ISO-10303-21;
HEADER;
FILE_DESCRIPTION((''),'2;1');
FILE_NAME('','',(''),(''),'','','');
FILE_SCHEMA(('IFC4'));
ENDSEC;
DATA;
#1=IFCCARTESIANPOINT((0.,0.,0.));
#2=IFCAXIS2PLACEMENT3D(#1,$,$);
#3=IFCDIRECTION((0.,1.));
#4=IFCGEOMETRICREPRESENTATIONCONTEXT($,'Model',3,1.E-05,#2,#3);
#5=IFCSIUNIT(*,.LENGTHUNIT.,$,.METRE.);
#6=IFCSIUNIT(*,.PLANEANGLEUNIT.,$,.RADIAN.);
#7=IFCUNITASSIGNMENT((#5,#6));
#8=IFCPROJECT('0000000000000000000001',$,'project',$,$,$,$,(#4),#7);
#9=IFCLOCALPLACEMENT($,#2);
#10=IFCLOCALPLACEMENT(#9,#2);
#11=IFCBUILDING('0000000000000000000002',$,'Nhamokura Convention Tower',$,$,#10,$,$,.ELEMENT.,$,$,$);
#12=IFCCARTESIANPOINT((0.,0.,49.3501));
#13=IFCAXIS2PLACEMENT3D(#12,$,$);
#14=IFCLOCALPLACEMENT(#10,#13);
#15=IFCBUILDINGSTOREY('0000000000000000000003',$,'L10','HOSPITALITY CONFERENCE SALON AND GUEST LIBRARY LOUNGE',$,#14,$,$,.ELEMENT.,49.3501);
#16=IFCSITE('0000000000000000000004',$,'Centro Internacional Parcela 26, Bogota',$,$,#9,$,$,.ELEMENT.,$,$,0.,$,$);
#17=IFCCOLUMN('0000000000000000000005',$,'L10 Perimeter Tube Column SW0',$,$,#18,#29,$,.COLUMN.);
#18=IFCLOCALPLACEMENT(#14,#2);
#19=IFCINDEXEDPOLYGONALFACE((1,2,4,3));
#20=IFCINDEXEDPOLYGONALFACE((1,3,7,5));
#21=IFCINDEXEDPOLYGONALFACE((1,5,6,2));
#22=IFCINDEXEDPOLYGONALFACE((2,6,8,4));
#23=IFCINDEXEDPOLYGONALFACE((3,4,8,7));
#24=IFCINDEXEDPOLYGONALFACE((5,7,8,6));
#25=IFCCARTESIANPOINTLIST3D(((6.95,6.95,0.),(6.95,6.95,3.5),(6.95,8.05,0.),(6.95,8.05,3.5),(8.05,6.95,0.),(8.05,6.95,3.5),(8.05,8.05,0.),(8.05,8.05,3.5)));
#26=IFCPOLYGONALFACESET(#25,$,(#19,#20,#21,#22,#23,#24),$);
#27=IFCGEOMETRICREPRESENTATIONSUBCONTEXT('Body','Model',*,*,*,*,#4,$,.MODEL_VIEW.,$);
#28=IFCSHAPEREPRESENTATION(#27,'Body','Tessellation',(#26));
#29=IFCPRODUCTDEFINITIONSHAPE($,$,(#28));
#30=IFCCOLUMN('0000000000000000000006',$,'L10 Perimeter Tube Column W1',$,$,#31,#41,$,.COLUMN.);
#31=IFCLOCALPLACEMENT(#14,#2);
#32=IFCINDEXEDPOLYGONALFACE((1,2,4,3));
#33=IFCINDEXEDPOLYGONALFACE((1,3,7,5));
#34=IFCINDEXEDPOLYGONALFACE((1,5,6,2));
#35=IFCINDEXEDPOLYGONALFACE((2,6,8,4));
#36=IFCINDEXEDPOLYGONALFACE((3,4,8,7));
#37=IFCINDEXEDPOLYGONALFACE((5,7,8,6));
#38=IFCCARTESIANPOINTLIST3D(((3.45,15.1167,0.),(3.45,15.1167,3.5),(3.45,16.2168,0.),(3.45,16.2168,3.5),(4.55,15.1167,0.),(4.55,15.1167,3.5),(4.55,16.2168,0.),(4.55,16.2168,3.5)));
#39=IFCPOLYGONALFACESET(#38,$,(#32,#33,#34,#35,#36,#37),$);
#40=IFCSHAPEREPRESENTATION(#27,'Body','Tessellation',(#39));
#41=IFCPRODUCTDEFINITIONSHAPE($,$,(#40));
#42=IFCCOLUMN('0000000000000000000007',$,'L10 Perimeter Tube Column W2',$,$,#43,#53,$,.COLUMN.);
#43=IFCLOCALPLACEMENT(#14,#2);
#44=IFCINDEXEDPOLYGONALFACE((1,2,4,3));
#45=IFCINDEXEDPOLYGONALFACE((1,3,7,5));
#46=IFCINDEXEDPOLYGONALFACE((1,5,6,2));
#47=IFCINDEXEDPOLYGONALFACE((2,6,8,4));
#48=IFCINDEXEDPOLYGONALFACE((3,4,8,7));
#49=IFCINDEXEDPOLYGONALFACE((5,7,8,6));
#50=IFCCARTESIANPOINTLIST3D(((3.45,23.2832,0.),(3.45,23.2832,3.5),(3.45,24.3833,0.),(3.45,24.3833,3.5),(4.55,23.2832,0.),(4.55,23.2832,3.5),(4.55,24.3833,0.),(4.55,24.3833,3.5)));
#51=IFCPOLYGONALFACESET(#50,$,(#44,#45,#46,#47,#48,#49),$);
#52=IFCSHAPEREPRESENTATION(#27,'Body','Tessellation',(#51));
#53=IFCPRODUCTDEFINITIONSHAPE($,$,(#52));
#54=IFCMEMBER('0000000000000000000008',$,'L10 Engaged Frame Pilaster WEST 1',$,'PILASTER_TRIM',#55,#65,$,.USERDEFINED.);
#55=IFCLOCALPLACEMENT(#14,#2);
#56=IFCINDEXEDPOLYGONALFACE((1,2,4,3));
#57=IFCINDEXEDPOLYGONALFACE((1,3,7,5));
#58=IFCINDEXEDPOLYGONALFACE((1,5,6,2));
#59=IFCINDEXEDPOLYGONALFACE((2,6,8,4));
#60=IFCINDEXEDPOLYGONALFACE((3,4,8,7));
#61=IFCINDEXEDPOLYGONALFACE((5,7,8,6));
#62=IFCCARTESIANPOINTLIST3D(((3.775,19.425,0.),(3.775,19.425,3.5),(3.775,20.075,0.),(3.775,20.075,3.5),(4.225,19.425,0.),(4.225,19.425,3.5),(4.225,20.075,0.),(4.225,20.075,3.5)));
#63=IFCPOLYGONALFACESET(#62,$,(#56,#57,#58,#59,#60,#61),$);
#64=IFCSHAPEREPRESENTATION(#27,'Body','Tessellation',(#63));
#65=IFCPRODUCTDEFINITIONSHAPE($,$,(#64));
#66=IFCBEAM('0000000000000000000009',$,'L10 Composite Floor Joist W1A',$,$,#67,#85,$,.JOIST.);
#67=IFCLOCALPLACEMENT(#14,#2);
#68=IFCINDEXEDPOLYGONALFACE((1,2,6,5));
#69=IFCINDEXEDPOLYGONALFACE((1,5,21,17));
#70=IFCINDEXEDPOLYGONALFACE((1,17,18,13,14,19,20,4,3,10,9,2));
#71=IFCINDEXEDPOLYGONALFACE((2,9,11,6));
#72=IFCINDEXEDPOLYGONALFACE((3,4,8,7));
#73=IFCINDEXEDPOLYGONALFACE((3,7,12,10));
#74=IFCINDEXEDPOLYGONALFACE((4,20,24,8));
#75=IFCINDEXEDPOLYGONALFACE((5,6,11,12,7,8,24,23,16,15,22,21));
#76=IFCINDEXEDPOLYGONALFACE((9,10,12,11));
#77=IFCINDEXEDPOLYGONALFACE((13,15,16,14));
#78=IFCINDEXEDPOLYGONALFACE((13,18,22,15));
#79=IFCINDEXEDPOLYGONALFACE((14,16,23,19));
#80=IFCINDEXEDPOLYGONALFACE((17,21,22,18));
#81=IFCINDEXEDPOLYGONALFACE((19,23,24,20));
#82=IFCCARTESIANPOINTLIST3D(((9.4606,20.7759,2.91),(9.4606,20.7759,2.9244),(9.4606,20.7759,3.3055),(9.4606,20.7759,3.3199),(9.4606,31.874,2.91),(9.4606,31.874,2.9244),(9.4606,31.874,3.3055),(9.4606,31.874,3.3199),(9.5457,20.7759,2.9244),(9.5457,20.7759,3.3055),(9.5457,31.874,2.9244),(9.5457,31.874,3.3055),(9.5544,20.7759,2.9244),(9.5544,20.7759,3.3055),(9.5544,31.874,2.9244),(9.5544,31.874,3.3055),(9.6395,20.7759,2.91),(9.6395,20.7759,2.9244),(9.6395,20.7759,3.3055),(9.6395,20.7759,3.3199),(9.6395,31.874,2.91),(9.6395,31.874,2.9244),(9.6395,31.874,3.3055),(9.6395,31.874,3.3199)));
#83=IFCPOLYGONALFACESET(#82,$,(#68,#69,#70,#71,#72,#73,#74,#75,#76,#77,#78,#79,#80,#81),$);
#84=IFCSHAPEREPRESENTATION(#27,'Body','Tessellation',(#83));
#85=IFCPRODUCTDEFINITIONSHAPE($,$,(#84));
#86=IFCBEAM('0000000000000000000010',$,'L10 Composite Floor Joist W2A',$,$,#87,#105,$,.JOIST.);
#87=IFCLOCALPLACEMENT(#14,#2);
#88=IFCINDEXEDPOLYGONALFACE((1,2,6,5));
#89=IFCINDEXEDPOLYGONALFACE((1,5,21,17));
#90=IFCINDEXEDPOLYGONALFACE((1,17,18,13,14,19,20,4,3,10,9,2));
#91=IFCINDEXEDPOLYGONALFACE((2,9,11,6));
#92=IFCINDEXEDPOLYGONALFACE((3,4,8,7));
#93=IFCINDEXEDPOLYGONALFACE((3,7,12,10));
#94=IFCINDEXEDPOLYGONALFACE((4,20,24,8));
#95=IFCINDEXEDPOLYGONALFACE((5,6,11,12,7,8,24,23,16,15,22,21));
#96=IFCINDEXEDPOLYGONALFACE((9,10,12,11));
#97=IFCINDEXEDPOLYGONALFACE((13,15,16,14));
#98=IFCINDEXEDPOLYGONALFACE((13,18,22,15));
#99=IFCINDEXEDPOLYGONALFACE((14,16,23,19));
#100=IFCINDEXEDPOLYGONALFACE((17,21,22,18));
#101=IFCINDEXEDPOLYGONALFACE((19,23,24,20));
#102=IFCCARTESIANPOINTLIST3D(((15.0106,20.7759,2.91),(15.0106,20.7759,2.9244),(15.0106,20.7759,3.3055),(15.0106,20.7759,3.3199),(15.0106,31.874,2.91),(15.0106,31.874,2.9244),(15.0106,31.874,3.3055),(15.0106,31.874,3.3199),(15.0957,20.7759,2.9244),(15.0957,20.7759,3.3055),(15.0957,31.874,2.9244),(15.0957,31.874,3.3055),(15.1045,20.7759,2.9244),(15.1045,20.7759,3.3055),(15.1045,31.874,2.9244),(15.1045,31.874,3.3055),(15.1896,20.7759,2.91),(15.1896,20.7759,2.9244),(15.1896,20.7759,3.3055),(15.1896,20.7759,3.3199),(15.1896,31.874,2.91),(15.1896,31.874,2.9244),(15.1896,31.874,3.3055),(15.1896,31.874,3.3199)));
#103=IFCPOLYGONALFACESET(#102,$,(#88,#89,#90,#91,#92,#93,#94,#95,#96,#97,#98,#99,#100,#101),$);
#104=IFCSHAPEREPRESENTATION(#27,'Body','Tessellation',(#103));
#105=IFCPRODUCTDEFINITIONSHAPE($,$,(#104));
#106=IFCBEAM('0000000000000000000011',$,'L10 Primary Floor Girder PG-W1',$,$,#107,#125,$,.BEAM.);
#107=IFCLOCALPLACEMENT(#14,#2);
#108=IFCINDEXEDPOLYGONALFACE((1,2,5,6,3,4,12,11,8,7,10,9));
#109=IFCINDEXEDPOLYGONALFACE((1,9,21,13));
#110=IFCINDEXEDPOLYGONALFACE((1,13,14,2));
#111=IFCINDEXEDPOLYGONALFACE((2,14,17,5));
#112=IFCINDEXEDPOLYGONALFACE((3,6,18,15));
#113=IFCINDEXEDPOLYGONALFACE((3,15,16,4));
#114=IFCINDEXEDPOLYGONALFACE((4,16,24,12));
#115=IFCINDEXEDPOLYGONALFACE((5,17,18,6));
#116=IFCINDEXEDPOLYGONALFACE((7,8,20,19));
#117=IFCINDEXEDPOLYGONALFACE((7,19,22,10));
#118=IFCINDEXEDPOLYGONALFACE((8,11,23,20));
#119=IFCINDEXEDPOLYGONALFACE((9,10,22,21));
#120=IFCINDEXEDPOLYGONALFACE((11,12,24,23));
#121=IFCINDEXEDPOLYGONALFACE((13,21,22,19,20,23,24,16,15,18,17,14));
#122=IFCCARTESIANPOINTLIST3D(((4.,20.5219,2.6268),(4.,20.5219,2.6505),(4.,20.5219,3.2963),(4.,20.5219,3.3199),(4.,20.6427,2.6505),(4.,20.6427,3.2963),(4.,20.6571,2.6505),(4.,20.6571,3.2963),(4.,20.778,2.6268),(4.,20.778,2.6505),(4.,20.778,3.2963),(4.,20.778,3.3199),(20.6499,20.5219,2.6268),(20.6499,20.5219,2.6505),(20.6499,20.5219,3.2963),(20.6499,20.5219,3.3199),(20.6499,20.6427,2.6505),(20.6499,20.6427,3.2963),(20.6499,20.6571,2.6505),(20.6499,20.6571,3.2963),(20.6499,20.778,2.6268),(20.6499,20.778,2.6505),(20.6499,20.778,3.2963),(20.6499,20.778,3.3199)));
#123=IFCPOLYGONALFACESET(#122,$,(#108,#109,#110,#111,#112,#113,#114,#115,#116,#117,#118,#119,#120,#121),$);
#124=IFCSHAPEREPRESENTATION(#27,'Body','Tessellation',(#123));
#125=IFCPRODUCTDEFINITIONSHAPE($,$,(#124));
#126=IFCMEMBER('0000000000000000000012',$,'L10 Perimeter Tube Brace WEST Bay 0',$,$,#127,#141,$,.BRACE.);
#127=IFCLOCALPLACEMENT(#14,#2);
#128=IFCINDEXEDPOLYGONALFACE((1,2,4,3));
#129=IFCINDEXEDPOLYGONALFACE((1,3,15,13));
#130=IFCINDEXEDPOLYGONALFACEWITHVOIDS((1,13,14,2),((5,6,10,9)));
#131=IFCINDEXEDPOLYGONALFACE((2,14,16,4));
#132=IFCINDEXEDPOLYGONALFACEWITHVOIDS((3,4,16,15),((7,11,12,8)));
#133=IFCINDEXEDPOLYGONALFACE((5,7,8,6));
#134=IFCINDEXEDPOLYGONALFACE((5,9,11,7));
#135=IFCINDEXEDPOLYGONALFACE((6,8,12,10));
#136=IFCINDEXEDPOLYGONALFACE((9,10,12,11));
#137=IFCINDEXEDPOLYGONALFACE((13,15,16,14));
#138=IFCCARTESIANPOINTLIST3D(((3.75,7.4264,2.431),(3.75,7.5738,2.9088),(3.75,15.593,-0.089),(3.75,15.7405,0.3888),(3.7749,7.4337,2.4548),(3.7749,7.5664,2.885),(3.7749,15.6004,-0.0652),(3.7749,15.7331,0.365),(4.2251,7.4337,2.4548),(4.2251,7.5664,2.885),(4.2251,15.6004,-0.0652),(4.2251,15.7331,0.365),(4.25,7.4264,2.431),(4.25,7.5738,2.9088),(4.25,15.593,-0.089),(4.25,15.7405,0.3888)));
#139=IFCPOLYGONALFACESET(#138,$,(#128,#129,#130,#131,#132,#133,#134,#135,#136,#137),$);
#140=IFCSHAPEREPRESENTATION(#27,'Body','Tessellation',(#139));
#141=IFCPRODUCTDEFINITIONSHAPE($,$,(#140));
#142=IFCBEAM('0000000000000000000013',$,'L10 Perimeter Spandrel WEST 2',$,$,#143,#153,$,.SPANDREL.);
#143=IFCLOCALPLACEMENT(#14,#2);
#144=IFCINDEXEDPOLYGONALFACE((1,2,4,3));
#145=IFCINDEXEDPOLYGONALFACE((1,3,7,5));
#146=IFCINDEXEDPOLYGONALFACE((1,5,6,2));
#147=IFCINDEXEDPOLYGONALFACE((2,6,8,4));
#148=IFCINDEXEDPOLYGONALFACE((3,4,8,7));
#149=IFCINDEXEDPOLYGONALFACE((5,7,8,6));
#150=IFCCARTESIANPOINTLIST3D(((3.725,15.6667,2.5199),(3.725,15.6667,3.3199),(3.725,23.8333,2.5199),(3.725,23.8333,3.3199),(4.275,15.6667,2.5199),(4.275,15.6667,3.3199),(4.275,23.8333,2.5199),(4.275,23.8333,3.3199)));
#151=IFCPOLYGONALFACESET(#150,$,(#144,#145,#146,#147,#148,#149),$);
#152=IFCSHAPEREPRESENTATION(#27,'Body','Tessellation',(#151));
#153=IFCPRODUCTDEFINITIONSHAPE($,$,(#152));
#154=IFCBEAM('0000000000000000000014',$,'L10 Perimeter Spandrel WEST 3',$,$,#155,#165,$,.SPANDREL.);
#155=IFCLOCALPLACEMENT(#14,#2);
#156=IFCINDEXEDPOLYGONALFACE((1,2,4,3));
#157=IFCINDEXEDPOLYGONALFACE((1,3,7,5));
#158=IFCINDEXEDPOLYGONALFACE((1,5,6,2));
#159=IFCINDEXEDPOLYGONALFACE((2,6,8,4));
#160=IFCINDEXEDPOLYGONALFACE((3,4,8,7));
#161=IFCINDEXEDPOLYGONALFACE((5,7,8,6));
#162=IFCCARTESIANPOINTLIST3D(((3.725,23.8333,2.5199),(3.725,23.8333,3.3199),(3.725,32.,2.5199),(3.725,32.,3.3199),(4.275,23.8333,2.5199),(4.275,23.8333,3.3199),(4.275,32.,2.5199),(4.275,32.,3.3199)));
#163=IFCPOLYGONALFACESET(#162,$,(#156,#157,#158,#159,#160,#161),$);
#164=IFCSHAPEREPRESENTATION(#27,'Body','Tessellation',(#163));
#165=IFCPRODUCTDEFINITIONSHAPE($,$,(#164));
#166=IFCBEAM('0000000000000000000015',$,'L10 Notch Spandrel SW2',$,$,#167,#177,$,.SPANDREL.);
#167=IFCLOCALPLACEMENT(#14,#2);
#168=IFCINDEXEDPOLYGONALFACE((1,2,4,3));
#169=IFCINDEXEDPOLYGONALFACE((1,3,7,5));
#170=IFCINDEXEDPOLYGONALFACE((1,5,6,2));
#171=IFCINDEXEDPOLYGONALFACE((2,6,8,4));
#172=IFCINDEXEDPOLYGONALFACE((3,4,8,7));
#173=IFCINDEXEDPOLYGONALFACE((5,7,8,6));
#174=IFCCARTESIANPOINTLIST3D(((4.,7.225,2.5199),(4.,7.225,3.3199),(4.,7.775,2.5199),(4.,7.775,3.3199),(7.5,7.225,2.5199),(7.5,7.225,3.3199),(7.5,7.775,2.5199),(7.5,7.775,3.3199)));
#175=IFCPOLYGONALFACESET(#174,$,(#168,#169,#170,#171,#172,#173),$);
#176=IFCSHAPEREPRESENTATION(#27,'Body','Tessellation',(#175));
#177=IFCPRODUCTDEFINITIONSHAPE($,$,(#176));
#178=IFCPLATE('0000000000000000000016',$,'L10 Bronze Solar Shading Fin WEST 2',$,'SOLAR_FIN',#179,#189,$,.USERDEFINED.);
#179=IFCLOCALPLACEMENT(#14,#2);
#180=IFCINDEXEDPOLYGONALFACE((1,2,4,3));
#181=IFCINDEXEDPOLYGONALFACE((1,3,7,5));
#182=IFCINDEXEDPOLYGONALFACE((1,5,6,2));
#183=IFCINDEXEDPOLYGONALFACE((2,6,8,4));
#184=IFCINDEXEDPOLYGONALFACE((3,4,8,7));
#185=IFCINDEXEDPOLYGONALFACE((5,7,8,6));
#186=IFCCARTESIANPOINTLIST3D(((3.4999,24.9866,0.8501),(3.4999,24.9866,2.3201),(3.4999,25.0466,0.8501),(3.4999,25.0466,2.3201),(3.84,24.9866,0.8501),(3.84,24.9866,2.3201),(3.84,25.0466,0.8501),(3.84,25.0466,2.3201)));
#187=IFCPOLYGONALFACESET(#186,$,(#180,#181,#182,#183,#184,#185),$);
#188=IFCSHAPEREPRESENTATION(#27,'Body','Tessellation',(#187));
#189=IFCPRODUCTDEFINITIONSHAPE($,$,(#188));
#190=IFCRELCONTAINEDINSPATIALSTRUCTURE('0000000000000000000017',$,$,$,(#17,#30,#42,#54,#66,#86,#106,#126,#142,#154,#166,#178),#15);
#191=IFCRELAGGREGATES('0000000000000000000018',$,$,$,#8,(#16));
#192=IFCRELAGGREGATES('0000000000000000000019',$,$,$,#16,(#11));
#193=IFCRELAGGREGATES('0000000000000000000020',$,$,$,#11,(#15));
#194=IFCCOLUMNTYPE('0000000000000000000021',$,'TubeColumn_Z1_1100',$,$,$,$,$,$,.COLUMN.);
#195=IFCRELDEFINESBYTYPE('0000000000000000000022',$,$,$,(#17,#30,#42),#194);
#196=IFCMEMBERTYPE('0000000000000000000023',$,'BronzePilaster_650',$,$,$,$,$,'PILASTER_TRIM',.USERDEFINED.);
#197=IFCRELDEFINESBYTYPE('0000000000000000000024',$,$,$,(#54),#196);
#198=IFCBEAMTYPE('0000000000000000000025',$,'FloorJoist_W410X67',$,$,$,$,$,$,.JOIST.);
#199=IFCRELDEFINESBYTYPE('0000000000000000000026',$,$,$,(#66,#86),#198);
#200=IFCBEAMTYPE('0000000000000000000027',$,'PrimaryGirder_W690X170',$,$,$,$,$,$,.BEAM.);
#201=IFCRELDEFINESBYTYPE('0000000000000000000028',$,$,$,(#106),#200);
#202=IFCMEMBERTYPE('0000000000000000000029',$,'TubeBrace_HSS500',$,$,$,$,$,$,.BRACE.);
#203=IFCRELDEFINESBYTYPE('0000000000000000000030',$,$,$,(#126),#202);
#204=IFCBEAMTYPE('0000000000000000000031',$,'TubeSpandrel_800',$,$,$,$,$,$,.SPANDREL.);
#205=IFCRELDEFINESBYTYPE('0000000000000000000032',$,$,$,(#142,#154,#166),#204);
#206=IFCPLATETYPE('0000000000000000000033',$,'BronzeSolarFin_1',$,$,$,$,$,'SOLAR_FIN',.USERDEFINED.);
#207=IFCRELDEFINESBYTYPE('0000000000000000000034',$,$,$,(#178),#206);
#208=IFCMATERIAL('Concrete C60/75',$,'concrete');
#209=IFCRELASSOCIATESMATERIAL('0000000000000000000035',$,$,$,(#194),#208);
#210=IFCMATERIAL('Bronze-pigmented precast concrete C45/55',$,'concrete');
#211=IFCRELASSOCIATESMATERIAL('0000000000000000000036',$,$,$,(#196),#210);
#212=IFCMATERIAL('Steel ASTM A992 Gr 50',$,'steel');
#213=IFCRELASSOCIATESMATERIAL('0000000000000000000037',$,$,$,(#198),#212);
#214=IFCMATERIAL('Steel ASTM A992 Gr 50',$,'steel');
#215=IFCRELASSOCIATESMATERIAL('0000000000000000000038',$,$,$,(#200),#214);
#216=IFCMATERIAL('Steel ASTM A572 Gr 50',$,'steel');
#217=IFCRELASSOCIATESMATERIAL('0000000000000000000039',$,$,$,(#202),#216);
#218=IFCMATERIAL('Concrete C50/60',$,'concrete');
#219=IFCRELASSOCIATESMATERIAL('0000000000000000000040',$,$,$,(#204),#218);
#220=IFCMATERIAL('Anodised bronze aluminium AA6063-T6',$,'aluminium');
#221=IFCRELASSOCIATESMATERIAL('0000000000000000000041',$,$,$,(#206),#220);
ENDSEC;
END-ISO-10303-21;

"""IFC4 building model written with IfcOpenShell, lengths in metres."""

from ifc_helpers import new_model, si_unit, direction, frame, origin, origin_2d, place, context, subcontext, project, spatial, rectangle, hollow_rectangle, i_section, extrude, material, material_profile, profile_set, type_object, element, save


model = new_model("IFC4")

# Units and contexts
model_context = context("Model", 3, precision=1e-05, world=origin(), true_north=direction((0.0, 1.0)))
body_context = subcontext(model_context, "Body", "Model", "MODEL_VIEW")
ifc_project = project(units=[si_unit("LENGTHUNIT", "METRE"), si_unit("PLANEANGLEUNIT", "RADIAN")], contexts=[model_context])

# Site, building, storey
site_placement = place(None, origin())
site = spatial("IfcSite", under=ifc_project, at=site_placement, Name="Centro Internacional Parcela 26, Bogota", CompositionType="ELEMENT", RefElevation=0.0)
building_placement = place(site_placement, origin())
building = spatial("IfcBuilding", under=site, at=building_placement, Name="Nhamokura Convention Tower", CompositionType="ELEMENT")
storey_placement = place(building_placement, frame((0.0, 0.0, 49.3501)))
storey = spatial("IfcBuildingStorey", under=building, at=storey_placement, Name="L10", Description="HOSPITALITY CONFERENCE SALON AND GUEST LIBRARY LOUNGE", CompositionType="ELEMENT", Elevation=49.3501)

# Columns
ifc_material_1 = material(Name="Concrete C60/75", Category="concrete")
ifc_material_profile_1 = material_profile(ifc_material_1, rectangle(XDim=1.1001, YDim=1.1001, at=origin_2d()))
ifc_profile_set_1 = profile_set([ifc_material_profile_1], Name="Concrete C60/75")
column_type = type_object("IfcColumnType", Name="TubeColumn_Z1_1100", PredefinedType="COLUMN", material=ifc_profile_set_1)
for number, where, z_axis, x_axis, name in (
    (1, (7.5, 7.5, 0.0), (0.0, 0.0, 1.0), (1.0, 0.0, 0.0), "L10 Perimeter Tube Column SW0"),
    (2, (4.0, 15.6667, 0.0), (0.0, 0.0, 1.0), (1.0, 0.0, 0.0), "L10 Perimeter Tube Column W1"),
    (3, (4.0, 23.8333, 0.0), (0.0, 0.0, 1.0), (1.0, 0.0, 0.0), "L10 Perimeter Tube Column W2"),
):
    element("IfcColumn", number, at=place(storey_placement, frame(where, z_axis=z_axis, x_axis=x_axis)), inside=storey, type_object=column_type, Name=name, PredefinedType="COLUMN", context=body_context, shape_type="SweptSolid", body=[
        extrude(rectangle(XDim=1.1001, YDim=1.1001, at=origin_2d()), origin(), (0.0, 0.0, 1.0), 3.5),
    ])

# Member
ifc_material_2 = material(Name="Bronze-pigmented precast concrete C45/55", Category="concrete")
ifc_material_profile_2 = material_profile(ifc_material_2, rectangle(XDim=0.45, YDim=0.6499, at=origin_2d()))
ifc_profile_set_2 = profile_set([ifc_material_profile_2], Name="Bronze-pigmented precast concrete C45/55")
member_type_1 = type_object("IfcMemberType", Name="BronzePilaster_650", ElementType="PILASTER_TRIM", PredefinedType="USERDEFINED", material=ifc_profile_set_2)
member_1_placement = place(storey_placement, frame((4.0, 19.75, 0.0), z_axis=(0.0, 0.0, 1.0), x_axis=(1.0, 0.0, 0.0)))
element("IfcMember", 4, at=member_1_placement, inside=storey, type_object=member_type_1, Name="L10 Engaged Frame Pilaster WEST 1", ObjectType="PILASTER_TRIM", PredefinedType="USERDEFINED", context=body_context, shape_type="SweptSolid", body=[
    extrude(rectangle(XDim=0.45, YDim=0.6499, at=origin_2d()), origin(), (0.0, 0.0, 1.0), 3.5),
])

# Beams
ifc_material_3 = material(Name="Steel ASTM A992 Gr 50", Category="steel")
ifc_material_profile_3 = material_profile(ifc_material_3, i_section(OverallWidth=0.179, OverallDepth=0.4099, WebThickness=0.0088, FlangeThickness=0.0144, at=origin_2d()))
ifc_profile_set_3 = profile_set([ifc_material_profile_3], Name="Steel ASTM A992 Gr 50")
beam_type_1 = type_object("IfcBeamType", Name="FloorJoist_W410X67", PredefinedType="JOIST", material=ifc_profile_set_3)
for number, where, z_axis, x_axis, name in (
    (5, (9.55, 20.7759, 3.115), (0.0, 1.0, 0.0), (-1.0, 0.0, 0.0), "L10 Composite Floor Joist W1A"),
    (6, (15.1001, 20.7759, 3.115), (0.0, 1.0, 0.0), (-1.0, 0.0, 0.0), "L10 Composite Floor Joist W2A"),
):
    element("IfcBeam", number, at=place(storey_placement, frame(where, z_axis=z_axis, x_axis=x_axis)), inside=storey, type_object=beam_type_1, Name=name, PredefinedType="JOIST", context=body_context, shape_type="SweptSolid", body=[
        extrude(i_section(OverallWidth=0.179, OverallDepth=0.4099, WebThickness=0.0088, FlangeThickness=0.0144, at=origin_2d()), origin(), (0.0, 0.0, 1.0), 11.0981),
    ])
ifc_material_4 = material(Name="Steel ASTM A992 Gr 50", Category="steel")
ifc_material_profile_4 = material_profile(ifc_material_4, i_section(OverallWidth=0.2561, OverallDepth=0.6931, WebThickness=0.0144, FlangeThickness=0.0237, at=origin_2d()))
ifc_profile_set_4 = profile_set([ifc_material_profile_4], Name="Steel ASTM A992 Gr 50")
beam_type_2 = type_object("IfcBeamType", Name="PrimaryGirder_W690X170", PredefinedType="BEAM", material=ifc_profile_set_4)
beam_1_placement = place(storey_placement, frame((4.0, 20.6499, 2.9734), z_axis=(1.0, 0.0, 0.0), x_axis=(0.0, 1.0, 0.0)))
element("IfcBeam", 7, at=beam_1_placement, inside=storey, type_object=beam_type_2, Name="L10 Primary Floor Girder PG-W1", PredefinedType="BEAM", context=body_context, shape_type="SweptSolid", body=[
    extrude(i_section(OverallWidth=0.2561, OverallDepth=0.6931, WebThickness=0.0144, FlangeThickness=0.0237, at=origin_2d()), origin(), (0.0, 0.0, 1.0), 16.6499),
])

# Member
ifc_material_5 = material(Name="Steel ASTM A572 Gr 50", Category="steel")
ifc_material_profile_5 = material_profile(ifc_material_5, hollow_rectangle(XDim=0.5, YDim=0.5, WallThickness=0.0249, at=origin_2d()))
ifc_profile_set_5 = profile_set([ifc_material_profile_5], Name="Steel ASTM A572 Gr 50")
member_type_2 = type_object("IfcMemberType", Name="TubeBrace_HSS500", PredefinedType="BRACE", material=ifc_profile_set_5)
member_2_placement = place(storey_placement, frame((4.0, 15.6667, 0.1499), z_axis=(0.0, -0.955543, 0.294853), x_axis=(1.0, 0.0, 0.0)))
element("IfcMember", 8, at=member_2_placement, inside=storey, type_object=member_type_2, Name="L10 Perimeter Tube Brace WEST Bay 0", PredefinedType="BRACE", context=body_context, shape_type="SweptSolid", body=[
    extrude(hollow_rectangle(XDim=0.5, YDim=0.5, WallThickness=0.0249, at=origin_2d()), origin(), (0.0, 0.0, 1.0), 8.5466),
])

# Beams
ifc_material_6 = material(Name="Concrete C50/60", Category="concrete")
ifc_material_profile_6 = material_profile(ifc_material_6, rectangle(XDim=0.55, YDim=0.8, at=origin_2d()))
ifc_profile_set_6 = profile_set([ifc_material_profile_6], Name="Concrete C50/60")
beam_type_3 = type_object("IfcBeamType", Name="TubeSpandrel_800", PredefinedType="SPANDREL", material=ifc_profile_set_6)
beam_2_placement = place(storey_placement, frame((4.0, 15.6667, 2.9199), z_axis=(0.0, 1.0, 0.0), x_axis=(-1.0, 0.0, 0.0)))
element("IfcBeam", 9, at=beam_2_placement, inside=storey, type_object=beam_type_3, Name="L10 Perimeter Spandrel WEST 2", PredefinedType="SPANDREL", context=body_context, shape_type="SweptSolid", body=[
    extrude(rectangle(XDim=0.55, YDim=0.8, at=origin_2d()), origin(), (0.0, 0.0, 1.0), 8.1665),
])
beam_3_placement = place(storey_placement, frame((4.0, 23.8333, 2.9199), z_axis=(0.0, 1.0, 0.0), x_axis=(-1.0, 0.0, 0.0)))
element("IfcBeam", 10, at=beam_3_placement, inside=storey, type_object=beam_type_3, Name="L10 Perimeter Spandrel WEST 3", PredefinedType="SPANDREL", context=body_context, shape_type="SweptSolid", body=[
    extrude(rectangle(XDim=0.55, YDim=0.8, at=origin_2d()), origin(), (0.0, 0.0, 1.0), 8.1667),
])
beam_4_placement = place(storey_placement, frame((7.5, 7.5, 2.9199), z_axis=(-1.0, 0.0, 0.0), x_axis=(0.0, -1.0, 0.0)))
element("IfcBeam", 11, at=beam_4_placement, inside=storey, type_object=beam_type_3, Name="L10 Notch Spandrel SW2", PredefinedType="SPANDREL", context=body_context, shape_type="SweptSolid", body=[
    extrude(rectangle(XDim=0.55, YDim=0.8, at=origin_2d()), origin(), (0.0, 0.0, 1.0), 3.5),
])

# Plate
ifc_material_7 = material(Name="Anodised bronze aluminium AA6063-T6", Category="aluminium")
plate_type = type_object("IfcPlateType", Name="BronzeSolarFin_1", ElementType="SOLAR_FIN", PredefinedType="USERDEFINED", material=ifc_material_7)
plate_placement = place(storey_placement, frame((3.6699, 25.0166, 0.8501), z_axis=(0.0, 0.0, 1.0), x_axis=(1.0, 0.0, 0.0)))
element("IfcPlate", 12, at=plate_placement, inside=storey, type_object=plate_type, Name="L10 Bronze Solar Shading Fin WEST 2", ObjectType="SOLAR_FIN", PredefinedType="USERDEFINED", context=body_context, shape_type="SweptSolid", body=[
    extrude(rectangle(XDim=0.3401, YDim=0.0601, at=origin_2d()), origin(), (0.0, 0.0, 1.0), 1.47),
])

save(model, "model.ifc")
